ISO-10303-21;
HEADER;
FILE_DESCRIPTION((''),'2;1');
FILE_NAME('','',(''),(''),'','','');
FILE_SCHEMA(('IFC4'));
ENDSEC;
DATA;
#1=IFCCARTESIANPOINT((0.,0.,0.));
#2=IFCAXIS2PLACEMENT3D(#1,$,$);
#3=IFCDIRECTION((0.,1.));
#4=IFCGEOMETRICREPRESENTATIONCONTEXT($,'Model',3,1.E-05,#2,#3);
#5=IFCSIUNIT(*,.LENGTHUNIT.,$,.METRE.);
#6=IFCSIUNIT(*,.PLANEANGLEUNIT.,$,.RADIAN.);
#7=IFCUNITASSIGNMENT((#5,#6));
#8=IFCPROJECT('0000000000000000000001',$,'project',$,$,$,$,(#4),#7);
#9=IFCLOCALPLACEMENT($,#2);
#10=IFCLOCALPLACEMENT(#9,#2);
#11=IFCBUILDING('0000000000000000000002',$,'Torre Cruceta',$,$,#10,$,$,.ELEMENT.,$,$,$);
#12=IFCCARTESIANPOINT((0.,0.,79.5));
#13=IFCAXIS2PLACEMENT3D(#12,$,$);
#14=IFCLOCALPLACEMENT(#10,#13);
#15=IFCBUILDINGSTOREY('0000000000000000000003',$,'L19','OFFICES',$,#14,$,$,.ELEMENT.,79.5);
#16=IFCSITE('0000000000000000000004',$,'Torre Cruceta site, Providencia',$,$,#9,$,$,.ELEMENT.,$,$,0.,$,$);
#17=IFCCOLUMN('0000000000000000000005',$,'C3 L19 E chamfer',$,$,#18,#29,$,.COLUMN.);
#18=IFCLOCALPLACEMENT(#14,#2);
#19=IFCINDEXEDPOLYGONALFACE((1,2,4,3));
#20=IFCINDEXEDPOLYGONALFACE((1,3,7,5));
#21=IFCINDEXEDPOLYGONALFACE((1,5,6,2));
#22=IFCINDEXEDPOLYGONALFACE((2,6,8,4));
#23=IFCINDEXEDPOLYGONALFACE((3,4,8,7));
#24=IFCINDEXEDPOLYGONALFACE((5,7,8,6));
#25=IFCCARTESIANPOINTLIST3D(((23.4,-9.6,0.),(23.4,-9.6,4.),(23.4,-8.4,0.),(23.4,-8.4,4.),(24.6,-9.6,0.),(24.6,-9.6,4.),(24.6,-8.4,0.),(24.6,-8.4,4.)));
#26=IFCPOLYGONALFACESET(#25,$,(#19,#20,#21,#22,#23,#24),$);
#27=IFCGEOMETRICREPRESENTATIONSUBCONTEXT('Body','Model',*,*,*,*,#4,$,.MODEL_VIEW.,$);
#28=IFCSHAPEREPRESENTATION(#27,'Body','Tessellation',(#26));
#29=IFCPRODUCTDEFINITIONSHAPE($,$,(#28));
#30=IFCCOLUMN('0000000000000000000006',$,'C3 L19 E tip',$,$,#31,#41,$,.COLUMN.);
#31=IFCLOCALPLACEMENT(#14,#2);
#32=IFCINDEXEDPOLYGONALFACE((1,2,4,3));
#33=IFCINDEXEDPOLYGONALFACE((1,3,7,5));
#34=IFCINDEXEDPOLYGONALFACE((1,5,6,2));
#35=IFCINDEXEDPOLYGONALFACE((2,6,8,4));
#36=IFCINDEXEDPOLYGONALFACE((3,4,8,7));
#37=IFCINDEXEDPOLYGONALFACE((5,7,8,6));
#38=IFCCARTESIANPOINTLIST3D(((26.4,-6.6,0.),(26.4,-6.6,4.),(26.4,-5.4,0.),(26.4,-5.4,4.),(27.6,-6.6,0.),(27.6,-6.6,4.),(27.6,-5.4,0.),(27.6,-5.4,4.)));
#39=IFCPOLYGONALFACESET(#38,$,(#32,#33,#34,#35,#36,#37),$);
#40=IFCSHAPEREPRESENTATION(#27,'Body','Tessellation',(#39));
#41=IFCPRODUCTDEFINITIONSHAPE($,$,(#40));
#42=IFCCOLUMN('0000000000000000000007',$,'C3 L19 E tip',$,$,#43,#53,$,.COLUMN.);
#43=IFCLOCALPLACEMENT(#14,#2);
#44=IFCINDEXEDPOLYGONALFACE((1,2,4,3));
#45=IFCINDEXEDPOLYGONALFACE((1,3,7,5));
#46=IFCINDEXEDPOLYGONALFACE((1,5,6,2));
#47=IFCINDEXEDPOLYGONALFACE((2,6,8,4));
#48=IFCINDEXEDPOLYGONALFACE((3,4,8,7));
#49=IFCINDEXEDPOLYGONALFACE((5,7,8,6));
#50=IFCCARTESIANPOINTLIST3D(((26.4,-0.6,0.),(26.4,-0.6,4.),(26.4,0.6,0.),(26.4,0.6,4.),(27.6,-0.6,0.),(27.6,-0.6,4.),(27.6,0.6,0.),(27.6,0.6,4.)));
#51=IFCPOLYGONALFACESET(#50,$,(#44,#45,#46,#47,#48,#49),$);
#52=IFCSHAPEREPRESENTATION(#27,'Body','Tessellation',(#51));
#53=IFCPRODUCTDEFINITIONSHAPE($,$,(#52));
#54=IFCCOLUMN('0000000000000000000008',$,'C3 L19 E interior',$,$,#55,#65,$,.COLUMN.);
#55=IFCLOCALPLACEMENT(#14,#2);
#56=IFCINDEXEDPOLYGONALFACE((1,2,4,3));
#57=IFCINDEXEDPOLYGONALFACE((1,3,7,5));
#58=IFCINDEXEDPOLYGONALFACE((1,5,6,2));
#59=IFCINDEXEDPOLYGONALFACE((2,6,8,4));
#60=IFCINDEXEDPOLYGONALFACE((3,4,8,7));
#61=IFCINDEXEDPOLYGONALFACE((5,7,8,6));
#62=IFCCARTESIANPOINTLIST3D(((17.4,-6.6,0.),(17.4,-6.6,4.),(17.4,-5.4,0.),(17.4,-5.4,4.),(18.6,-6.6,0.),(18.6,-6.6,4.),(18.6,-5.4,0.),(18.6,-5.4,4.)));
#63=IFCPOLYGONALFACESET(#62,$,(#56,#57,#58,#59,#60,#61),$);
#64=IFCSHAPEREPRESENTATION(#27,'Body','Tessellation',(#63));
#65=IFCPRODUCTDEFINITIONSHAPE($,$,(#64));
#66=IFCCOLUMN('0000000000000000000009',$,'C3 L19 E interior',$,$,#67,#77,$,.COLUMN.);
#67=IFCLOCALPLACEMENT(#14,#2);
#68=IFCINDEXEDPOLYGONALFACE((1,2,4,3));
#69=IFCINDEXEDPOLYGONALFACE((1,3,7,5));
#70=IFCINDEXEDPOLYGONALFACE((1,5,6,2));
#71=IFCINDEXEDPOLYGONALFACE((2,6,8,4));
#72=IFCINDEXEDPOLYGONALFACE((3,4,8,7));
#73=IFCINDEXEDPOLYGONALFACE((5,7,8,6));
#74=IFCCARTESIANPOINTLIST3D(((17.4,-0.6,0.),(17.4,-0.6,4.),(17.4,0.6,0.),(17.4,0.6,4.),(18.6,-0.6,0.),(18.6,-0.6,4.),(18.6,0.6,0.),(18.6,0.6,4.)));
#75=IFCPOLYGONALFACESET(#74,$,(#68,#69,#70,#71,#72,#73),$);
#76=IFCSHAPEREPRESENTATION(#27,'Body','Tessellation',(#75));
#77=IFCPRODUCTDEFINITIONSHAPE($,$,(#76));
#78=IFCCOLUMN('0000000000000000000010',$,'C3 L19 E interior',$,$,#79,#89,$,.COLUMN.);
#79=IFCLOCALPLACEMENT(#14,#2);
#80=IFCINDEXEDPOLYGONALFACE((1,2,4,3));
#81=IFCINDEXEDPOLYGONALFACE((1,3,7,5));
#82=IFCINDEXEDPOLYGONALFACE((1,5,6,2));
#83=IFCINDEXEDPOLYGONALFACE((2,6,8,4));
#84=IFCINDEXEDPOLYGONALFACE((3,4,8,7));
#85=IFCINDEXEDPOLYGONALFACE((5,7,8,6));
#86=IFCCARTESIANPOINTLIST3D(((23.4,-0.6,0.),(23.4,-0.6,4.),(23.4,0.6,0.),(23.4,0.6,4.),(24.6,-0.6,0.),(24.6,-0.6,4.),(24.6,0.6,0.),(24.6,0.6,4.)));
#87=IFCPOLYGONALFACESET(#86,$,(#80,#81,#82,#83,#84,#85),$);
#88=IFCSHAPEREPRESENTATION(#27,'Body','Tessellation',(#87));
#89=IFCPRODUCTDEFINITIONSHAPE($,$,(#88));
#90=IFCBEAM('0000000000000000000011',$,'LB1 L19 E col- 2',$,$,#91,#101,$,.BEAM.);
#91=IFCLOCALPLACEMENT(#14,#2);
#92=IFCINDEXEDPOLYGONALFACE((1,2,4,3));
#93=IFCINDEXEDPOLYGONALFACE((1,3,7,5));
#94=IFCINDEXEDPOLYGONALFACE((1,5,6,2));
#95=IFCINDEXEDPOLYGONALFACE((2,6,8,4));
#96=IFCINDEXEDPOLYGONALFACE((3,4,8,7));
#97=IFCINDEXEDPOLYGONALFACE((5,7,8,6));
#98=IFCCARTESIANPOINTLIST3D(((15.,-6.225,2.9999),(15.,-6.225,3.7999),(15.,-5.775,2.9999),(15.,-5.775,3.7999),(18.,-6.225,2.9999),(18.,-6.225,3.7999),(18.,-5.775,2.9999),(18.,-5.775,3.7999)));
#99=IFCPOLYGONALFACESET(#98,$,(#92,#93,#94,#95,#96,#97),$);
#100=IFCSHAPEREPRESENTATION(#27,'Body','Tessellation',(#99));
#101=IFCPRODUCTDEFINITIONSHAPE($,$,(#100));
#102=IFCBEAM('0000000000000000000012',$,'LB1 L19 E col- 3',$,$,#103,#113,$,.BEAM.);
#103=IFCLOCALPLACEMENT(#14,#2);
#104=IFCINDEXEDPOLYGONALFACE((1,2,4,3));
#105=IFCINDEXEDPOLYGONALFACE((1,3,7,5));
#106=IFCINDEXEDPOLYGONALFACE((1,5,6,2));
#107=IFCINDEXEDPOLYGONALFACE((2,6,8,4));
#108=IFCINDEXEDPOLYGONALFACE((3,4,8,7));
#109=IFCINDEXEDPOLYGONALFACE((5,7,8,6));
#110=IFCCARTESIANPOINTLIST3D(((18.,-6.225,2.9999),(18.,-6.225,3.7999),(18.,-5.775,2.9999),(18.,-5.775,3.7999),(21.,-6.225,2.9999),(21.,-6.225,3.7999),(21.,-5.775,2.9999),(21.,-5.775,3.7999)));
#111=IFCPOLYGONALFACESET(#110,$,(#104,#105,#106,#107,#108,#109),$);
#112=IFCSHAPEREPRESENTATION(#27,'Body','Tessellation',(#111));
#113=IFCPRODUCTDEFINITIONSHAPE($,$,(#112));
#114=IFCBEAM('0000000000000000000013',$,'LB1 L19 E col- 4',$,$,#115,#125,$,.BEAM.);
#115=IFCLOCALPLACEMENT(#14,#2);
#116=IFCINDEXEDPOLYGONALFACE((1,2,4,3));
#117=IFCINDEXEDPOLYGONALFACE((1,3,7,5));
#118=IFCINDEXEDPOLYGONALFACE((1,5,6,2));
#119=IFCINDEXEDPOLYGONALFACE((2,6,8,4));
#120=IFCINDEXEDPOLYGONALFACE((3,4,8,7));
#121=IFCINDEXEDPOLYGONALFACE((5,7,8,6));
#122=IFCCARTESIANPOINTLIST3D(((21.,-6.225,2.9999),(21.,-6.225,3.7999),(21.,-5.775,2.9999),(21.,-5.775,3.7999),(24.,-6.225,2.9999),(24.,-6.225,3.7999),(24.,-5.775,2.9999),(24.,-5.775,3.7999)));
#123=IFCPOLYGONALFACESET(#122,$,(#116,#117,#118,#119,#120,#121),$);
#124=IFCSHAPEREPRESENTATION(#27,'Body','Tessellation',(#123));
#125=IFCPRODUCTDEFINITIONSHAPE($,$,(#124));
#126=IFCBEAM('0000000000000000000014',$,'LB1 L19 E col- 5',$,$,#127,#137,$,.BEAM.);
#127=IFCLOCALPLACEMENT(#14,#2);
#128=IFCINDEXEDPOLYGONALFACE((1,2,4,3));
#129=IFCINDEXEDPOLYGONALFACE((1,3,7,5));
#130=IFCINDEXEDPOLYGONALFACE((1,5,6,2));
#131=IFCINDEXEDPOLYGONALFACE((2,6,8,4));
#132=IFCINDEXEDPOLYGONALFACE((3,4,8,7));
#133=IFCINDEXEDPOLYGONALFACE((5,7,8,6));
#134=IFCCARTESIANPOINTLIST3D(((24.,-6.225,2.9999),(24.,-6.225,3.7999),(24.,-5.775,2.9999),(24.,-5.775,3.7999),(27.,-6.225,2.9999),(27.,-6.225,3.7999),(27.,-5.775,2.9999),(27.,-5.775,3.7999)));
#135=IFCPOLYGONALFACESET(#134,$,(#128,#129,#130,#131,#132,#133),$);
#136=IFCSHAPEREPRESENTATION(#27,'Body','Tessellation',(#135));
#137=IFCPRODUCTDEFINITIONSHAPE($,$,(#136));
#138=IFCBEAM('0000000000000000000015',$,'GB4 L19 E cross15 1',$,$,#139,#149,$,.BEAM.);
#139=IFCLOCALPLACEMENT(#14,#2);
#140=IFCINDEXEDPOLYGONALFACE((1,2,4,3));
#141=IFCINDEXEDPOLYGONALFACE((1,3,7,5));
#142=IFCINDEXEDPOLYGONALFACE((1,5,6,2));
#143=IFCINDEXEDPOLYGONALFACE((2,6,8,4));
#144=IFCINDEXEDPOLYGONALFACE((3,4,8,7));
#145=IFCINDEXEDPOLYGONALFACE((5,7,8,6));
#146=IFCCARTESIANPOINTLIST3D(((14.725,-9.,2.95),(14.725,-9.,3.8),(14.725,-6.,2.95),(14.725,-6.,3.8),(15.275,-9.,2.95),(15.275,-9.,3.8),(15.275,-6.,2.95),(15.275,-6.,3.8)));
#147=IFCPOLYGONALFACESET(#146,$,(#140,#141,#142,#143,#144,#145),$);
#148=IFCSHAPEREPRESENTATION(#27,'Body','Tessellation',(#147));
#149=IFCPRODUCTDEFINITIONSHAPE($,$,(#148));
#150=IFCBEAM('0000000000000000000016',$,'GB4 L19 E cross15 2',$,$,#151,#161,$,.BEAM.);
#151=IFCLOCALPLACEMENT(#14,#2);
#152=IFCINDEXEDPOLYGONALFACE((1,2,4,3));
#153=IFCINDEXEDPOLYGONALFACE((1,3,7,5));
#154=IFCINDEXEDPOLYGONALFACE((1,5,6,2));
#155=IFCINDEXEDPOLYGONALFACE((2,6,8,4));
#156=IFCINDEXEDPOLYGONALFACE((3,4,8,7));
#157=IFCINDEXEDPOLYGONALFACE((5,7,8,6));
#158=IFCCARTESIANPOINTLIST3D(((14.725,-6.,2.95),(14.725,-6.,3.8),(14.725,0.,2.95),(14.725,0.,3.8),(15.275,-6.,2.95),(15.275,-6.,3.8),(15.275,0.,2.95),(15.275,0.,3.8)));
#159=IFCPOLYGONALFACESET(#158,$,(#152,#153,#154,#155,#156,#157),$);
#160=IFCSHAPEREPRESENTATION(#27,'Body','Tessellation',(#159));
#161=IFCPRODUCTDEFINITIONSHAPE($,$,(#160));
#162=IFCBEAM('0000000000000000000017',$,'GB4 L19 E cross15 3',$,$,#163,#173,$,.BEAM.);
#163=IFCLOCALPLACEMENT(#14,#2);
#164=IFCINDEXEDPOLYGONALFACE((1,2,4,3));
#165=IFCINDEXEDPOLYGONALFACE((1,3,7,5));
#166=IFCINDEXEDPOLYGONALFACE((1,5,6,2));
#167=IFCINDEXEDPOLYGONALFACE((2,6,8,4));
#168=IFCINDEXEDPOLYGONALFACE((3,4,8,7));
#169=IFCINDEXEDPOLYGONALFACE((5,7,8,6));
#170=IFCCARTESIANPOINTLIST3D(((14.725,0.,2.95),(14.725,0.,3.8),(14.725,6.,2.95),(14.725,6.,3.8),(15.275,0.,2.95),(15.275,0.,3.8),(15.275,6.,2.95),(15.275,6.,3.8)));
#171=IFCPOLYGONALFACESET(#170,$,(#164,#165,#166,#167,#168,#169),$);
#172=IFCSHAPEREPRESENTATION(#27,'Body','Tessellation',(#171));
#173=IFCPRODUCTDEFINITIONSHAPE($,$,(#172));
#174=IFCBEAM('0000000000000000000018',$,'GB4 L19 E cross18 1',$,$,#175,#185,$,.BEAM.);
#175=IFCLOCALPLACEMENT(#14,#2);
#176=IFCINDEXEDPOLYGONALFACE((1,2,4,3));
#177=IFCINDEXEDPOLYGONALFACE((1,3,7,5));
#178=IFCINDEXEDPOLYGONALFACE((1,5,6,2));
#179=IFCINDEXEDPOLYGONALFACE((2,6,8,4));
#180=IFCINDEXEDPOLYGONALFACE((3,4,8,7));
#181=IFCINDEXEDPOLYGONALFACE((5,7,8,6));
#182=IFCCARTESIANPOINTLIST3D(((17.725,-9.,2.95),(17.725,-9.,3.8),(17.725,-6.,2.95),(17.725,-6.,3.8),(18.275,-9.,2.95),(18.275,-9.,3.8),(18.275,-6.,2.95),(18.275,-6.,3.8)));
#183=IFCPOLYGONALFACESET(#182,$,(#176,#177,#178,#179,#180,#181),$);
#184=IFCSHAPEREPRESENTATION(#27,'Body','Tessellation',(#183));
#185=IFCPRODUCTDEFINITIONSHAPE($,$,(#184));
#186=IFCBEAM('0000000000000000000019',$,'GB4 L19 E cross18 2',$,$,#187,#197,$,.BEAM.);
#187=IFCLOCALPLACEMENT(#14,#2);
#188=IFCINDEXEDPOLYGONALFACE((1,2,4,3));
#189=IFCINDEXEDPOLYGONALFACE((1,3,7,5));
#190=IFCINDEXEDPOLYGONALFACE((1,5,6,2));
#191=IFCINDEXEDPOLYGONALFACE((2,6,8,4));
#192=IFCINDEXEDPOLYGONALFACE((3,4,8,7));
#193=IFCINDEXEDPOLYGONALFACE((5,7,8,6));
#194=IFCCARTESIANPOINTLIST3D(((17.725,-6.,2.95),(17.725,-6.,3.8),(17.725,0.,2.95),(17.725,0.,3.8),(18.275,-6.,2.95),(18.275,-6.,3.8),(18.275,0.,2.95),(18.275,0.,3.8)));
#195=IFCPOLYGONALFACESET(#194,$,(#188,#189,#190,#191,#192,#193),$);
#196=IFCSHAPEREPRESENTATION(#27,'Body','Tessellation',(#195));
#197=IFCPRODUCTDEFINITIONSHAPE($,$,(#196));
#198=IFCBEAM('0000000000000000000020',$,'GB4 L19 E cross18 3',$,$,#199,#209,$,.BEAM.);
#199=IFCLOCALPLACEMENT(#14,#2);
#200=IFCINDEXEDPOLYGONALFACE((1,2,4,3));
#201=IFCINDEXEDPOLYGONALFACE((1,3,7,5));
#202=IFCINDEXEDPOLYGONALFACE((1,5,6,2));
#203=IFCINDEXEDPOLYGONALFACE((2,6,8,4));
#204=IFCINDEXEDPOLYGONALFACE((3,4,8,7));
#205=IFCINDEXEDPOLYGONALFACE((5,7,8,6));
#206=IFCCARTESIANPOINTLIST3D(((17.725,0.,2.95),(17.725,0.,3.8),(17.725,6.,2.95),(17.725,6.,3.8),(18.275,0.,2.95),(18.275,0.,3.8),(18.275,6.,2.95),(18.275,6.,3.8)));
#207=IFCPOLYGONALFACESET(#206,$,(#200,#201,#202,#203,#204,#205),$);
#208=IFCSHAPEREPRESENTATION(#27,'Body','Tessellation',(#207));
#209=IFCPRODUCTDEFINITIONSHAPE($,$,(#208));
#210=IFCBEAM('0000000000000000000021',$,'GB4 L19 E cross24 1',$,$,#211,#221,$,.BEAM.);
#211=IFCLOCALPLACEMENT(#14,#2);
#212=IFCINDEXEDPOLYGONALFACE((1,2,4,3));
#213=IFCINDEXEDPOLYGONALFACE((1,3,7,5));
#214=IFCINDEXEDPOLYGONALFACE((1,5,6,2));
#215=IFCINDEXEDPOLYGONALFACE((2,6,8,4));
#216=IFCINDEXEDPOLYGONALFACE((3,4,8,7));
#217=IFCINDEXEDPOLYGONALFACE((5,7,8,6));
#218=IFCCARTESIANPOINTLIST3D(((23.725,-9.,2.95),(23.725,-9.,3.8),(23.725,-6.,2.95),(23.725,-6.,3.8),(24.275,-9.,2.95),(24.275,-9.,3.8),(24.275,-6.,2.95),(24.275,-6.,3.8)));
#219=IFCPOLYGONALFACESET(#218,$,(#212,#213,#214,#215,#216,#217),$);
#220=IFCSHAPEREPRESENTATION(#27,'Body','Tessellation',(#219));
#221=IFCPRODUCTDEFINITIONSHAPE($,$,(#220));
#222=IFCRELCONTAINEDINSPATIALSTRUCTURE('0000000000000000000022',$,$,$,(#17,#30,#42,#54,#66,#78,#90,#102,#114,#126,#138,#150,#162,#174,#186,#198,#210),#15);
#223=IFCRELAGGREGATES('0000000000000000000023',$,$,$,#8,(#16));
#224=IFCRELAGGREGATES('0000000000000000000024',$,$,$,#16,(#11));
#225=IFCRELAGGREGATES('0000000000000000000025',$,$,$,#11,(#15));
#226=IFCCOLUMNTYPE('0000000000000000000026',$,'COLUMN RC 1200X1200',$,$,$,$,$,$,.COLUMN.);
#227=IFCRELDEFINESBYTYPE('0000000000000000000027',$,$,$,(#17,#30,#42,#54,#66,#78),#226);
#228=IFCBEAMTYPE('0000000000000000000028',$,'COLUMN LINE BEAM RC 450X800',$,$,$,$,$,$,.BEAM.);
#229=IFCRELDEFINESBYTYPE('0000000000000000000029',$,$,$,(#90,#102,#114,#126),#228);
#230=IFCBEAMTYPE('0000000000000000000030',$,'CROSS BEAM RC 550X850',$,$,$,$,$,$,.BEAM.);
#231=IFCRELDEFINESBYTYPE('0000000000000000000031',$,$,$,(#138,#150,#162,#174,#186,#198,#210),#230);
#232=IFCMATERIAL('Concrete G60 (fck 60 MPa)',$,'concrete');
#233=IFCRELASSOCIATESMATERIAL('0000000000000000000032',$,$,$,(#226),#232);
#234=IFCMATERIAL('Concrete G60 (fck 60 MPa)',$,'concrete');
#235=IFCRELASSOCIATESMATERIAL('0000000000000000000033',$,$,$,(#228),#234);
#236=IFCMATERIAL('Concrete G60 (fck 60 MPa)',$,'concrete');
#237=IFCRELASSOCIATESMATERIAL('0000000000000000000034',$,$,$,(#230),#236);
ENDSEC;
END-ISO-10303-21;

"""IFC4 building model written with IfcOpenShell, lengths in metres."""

from ifc_helpers import new_model, si_unit, direction, frame, origin, origin_2d, place, context, subcontext, project, spatial, rectangle, extrude, material, material_profile, profile_set, type_object, element, save


model = new_model("IFC4")

# Units and contexts
model_context = context("Model", 3, precision=1e-05, world=origin(), true_north=direction((0.0, 1.0)))
body_context = subcontext(model_context, "Body", "Model", "MODEL_VIEW")
ifc_project = project(units=[si_unit("LENGTHUNIT", "METRE"), si_unit("PLANEANGLEUNIT", "RADIAN")], contexts=[model_context])

# Site, building, storey
site_placement = place(None, origin())
site = spatial("IfcSite", under=ifc_project, at=site_placement, Name="Torre Cruceta site, Providencia", CompositionType="ELEMENT", RefElevation=0.0)
building_placement = place(site_placement, origin())
building = spatial("IfcBuilding", under=site, at=building_placement, Name="Torre Cruceta", CompositionType="ELEMENT")
storey_placement = place(building_placement, frame((0.0, 0.0, 79.5)))
storey = spatial("IfcBuildingStorey", under=building, at=storey_placement, Name="L19", Description="OFFICES", CompositionType="ELEMENT", Elevation=79.5)

# Columns
ifc_material_1 = material(Name="Concrete G60 (fck 60 MPa)", Category="concrete")
ifc_material_profile_1 = material_profile(ifc_material_1, rectangle(XDim=1.2, YDim=1.2, at=origin_2d()), Name="RC 1200X1200")
ifc_profile_set_1 = profile_set([ifc_material_profile_1], Name="Concrete G60 (fck 60 MPa)")
column_type = type_object("IfcColumnType", Name="COLUMN RC 1200X1200", PredefinedType="COLUMN", material=ifc_profile_set_1)
for number, where, z_axis, x_axis, name in (
    (1, (24.0, -9.0, 0.0), (0.0, 0.0, 1.0), (1.0, 0.0, 0.0), "C3 L19 E chamfer"),
    (2, (27.0, -6.0, 0.0), (0.0, 0.0, 1.0), (1.0, 0.0, 0.0), "C3 L19 E tip"),
    (3, (27.0, 0.0, 0.0), (0.0, 0.0, 1.0), (1.0, 0.0, 0.0), "C3 L19 E tip"),
    (4, (18.0, -6.0, 0.0), (0.0, 0.0, 1.0), (1.0, 0.0, 0.0), "C3 L19 E interior"),
    (5, (18.0, 0.0, 0.0), (0.0, 0.0, 1.0), (1.0, 0.0, 0.0), "C3 L19 E interior"),
    (6, (24.0, 0.0, 0.0), (0.0, 0.0, 1.0), (1.0, 0.0, 0.0), "C3 L19 E interior"),
):
    element("IfcColumn", number, at=place(storey_placement, frame(where, z_axis=z_axis, x_axis=x_axis)), inside=storey, type_object=column_type, Name=name, PredefinedType="COLUMN", context=body_context, shape_type="SweptSolid", body=[
        extrude(rectangle(XDim=1.2, YDim=1.2, at=origin_2d()), origin(), (0.0, 0.0, 1.0), 4.0),
    ])

# Beams
ifc_material_2 = material(Name="Concrete G60 (fck 60 MPa)", Category="concrete")
ifc_material_profile_2 = material_profile(ifc_material_2, rectangle(XDim=0.45, YDim=0.8, at=origin_2d()), Name="RC 450X800")
ifc_profile_set_2 = profile_set([ifc_material_profile_2], Name="Concrete G60 (fck 60 MPa)")
beam_type_1 = type_object("IfcBeamType", Name="COLUMN LINE BEAM RC 450X800", PredefinedType="BEAM", material=ifc_profile_set_2)
for number, where, z_axis, x_axis, name in (
    (7, (15.0, -6.0, 3.3999), (1.0, 0.0, 0.0), (0.0, 1.0, 0.0), "LB1 L19 E col- 2"),
    (8, (18.0, -6.0, 3.3999), (1.0, 0.0, 0.0), (0.0, 1.0, 0.0), "LB1 L19 E col- 3"),
    (9, (21.0, -6.0, 3.3999), (1.0, 0.0, 0.0), (0.0, 1.0, 0.0), "LB1 L19 E col- 4"),
    (10, (24.0, -6.0, 3.3999), (1.0, 0.0, 0.0), (0.0, 1.0, 0.0), "LB1 L19 E col- 5"),
):
    element("IfcBeam", number, at=place(storey_placement, frame(where, z_axis=z_axis, x_axis=x_axis)), inside=storey, type_object=beam_type_1, Name=name, PredefinedType="BEAM", context=body_context, shape_type="SweptSolid", body=[
        extrude(rectangle(XDim=0.45, YDim=0.8, at=origin_2d()), origin(), (0.0, 0.0, 1.0), 3.0),
    ])
ifc_material_3 = material(Name="Concrete G60 (fck 60 MPa)", Category="concrete")
ifc_material_profile_3 = material_profile(ifc_material_3, rectangle(XDim=0.55, YDim=0.8501, at=origin_2d()), Name="RC 550X850")
ifc_profile_set_3 = profile_set([ifc_material_profile_3], Name="Concrete G60 (fck 60 MPa)")
beam_type_2 = type_object("IfcBeamType", Name="CROSS BEAM RC 550X850", PredefinedType="BEAM", material=ifc_profile_set_3)
beam_1_placement = place(storey_placement, frame((15.0, -9.0, 3.375), z_axis=(0.0, 1.0, 0.0), x_axis=(-1.0, 0.0, 0.0)))
element("IfcBeam", 11, at=beam_1_placement, inside=storey, type_object=beam_type_2, Name="GB4 L19 E cross15 1", PredefinedType="BEAM", context=body_context, shape_type="SweptSolid", body=[
    extrude(rectangle(XDim=0.55, YDim=0.8501, at=origin_2d()), origin(), (0.0, 0.0, 1.0), 3.0),
])
for number, where, z_axis, x_axis, name in (
    (12, (15.0, -6.0, 3.375), (0.0, 1.0, 0.0), (-1.0, 0.0, 0.0), "GB4 L19 E cross15 2"),
    (13, (15.0, 0.0, 3.375), (0.0, 1.0, 0.0), (-1.0, 0.0, 0.0), "GB4 L19 E cross15 3"),
):
    element("IfcBeam", number, at=place(storey_placement, frame(where, z_axis=z_axis, x_axis=x_axis)), inside=storey, type_object=beam_type_2, Name=name, PredefinedType="BEAM", context=body_context, shape_type="SweptSolid", body=[
        extrude(rectangle(XDim=0.55, YDim=0.8501, at=origin_2d()), origin(), (0.0, 0.0, 1.0), 6.0),
    ])
beam_2_placement = place(storey_placement, frame((18.0, -9.0, 3.375), z_axis=(0.0, 1.0, 0.0), x_axis=(-1.0, 0.0, 0.0)))
element("IfcBeam", 14, at=beam_2_placement, inside=storey, type_object=beam_type_2, Name="GB4 L19 E cross18 1", PredefinedType="BEAM", context=body_context, shape_type="SweptSolid", body=[
    extrude(rectangle(XDim=0.55, YDim=0.8501, at=origin_2d()), origin(), (0.0, 0.0, 1.0), 3.0),
])
for number, where, z_axis, x_axis, name in (
    (15, (18.0, -6.0, 3.375), (0.0, 1.0, 0.0), (-1.0, 0.0, 0.0), "GB4 L19 E cross18 2"),
    (16, (18.0, 0.0, 3.375), (0.0, 1.0, 0.0), (-1.0, 0.0, 0.0), "GB4 L19 E cross18 3"),
):
    element("IfcBeam", number, at=place(storey_placement, frame(where, z_axis=z_axis, x_axis=x_axis)), inside=storey, type_object=beam_type_2, Name=name, PredefinedType="BEAM", context=body_context, shape_type="SweptSolid", body=[
        extrude(rectangle(XDim=0.55, YDim=0.8501, at=origin_2d()), origin(), (0.0, 0.0, 1.0), 6.0),
    ])
beam_3_placement = place(storey_placement, frame((24.0, -9.0, 3.375), z_axis=(0.0, 1.0, 0.0), x_axis=(-1.0, 0.0, 0.0)))
element("IfcBeam", 17, at=beam_3_placement, inside=storey, type_object=beam_type_2, Name="GB4 L19 E cross24 1", PredefinedType="BEAM", context=body_context, shape_type="SweptSolid", body=[
    extrude(rectangle(XDim=0.55, YDim=0.8501, at=origin_2d()), origin(), (0.0, 0.0, 1.0), 3.0),
])

save(model, "model.ifc")
